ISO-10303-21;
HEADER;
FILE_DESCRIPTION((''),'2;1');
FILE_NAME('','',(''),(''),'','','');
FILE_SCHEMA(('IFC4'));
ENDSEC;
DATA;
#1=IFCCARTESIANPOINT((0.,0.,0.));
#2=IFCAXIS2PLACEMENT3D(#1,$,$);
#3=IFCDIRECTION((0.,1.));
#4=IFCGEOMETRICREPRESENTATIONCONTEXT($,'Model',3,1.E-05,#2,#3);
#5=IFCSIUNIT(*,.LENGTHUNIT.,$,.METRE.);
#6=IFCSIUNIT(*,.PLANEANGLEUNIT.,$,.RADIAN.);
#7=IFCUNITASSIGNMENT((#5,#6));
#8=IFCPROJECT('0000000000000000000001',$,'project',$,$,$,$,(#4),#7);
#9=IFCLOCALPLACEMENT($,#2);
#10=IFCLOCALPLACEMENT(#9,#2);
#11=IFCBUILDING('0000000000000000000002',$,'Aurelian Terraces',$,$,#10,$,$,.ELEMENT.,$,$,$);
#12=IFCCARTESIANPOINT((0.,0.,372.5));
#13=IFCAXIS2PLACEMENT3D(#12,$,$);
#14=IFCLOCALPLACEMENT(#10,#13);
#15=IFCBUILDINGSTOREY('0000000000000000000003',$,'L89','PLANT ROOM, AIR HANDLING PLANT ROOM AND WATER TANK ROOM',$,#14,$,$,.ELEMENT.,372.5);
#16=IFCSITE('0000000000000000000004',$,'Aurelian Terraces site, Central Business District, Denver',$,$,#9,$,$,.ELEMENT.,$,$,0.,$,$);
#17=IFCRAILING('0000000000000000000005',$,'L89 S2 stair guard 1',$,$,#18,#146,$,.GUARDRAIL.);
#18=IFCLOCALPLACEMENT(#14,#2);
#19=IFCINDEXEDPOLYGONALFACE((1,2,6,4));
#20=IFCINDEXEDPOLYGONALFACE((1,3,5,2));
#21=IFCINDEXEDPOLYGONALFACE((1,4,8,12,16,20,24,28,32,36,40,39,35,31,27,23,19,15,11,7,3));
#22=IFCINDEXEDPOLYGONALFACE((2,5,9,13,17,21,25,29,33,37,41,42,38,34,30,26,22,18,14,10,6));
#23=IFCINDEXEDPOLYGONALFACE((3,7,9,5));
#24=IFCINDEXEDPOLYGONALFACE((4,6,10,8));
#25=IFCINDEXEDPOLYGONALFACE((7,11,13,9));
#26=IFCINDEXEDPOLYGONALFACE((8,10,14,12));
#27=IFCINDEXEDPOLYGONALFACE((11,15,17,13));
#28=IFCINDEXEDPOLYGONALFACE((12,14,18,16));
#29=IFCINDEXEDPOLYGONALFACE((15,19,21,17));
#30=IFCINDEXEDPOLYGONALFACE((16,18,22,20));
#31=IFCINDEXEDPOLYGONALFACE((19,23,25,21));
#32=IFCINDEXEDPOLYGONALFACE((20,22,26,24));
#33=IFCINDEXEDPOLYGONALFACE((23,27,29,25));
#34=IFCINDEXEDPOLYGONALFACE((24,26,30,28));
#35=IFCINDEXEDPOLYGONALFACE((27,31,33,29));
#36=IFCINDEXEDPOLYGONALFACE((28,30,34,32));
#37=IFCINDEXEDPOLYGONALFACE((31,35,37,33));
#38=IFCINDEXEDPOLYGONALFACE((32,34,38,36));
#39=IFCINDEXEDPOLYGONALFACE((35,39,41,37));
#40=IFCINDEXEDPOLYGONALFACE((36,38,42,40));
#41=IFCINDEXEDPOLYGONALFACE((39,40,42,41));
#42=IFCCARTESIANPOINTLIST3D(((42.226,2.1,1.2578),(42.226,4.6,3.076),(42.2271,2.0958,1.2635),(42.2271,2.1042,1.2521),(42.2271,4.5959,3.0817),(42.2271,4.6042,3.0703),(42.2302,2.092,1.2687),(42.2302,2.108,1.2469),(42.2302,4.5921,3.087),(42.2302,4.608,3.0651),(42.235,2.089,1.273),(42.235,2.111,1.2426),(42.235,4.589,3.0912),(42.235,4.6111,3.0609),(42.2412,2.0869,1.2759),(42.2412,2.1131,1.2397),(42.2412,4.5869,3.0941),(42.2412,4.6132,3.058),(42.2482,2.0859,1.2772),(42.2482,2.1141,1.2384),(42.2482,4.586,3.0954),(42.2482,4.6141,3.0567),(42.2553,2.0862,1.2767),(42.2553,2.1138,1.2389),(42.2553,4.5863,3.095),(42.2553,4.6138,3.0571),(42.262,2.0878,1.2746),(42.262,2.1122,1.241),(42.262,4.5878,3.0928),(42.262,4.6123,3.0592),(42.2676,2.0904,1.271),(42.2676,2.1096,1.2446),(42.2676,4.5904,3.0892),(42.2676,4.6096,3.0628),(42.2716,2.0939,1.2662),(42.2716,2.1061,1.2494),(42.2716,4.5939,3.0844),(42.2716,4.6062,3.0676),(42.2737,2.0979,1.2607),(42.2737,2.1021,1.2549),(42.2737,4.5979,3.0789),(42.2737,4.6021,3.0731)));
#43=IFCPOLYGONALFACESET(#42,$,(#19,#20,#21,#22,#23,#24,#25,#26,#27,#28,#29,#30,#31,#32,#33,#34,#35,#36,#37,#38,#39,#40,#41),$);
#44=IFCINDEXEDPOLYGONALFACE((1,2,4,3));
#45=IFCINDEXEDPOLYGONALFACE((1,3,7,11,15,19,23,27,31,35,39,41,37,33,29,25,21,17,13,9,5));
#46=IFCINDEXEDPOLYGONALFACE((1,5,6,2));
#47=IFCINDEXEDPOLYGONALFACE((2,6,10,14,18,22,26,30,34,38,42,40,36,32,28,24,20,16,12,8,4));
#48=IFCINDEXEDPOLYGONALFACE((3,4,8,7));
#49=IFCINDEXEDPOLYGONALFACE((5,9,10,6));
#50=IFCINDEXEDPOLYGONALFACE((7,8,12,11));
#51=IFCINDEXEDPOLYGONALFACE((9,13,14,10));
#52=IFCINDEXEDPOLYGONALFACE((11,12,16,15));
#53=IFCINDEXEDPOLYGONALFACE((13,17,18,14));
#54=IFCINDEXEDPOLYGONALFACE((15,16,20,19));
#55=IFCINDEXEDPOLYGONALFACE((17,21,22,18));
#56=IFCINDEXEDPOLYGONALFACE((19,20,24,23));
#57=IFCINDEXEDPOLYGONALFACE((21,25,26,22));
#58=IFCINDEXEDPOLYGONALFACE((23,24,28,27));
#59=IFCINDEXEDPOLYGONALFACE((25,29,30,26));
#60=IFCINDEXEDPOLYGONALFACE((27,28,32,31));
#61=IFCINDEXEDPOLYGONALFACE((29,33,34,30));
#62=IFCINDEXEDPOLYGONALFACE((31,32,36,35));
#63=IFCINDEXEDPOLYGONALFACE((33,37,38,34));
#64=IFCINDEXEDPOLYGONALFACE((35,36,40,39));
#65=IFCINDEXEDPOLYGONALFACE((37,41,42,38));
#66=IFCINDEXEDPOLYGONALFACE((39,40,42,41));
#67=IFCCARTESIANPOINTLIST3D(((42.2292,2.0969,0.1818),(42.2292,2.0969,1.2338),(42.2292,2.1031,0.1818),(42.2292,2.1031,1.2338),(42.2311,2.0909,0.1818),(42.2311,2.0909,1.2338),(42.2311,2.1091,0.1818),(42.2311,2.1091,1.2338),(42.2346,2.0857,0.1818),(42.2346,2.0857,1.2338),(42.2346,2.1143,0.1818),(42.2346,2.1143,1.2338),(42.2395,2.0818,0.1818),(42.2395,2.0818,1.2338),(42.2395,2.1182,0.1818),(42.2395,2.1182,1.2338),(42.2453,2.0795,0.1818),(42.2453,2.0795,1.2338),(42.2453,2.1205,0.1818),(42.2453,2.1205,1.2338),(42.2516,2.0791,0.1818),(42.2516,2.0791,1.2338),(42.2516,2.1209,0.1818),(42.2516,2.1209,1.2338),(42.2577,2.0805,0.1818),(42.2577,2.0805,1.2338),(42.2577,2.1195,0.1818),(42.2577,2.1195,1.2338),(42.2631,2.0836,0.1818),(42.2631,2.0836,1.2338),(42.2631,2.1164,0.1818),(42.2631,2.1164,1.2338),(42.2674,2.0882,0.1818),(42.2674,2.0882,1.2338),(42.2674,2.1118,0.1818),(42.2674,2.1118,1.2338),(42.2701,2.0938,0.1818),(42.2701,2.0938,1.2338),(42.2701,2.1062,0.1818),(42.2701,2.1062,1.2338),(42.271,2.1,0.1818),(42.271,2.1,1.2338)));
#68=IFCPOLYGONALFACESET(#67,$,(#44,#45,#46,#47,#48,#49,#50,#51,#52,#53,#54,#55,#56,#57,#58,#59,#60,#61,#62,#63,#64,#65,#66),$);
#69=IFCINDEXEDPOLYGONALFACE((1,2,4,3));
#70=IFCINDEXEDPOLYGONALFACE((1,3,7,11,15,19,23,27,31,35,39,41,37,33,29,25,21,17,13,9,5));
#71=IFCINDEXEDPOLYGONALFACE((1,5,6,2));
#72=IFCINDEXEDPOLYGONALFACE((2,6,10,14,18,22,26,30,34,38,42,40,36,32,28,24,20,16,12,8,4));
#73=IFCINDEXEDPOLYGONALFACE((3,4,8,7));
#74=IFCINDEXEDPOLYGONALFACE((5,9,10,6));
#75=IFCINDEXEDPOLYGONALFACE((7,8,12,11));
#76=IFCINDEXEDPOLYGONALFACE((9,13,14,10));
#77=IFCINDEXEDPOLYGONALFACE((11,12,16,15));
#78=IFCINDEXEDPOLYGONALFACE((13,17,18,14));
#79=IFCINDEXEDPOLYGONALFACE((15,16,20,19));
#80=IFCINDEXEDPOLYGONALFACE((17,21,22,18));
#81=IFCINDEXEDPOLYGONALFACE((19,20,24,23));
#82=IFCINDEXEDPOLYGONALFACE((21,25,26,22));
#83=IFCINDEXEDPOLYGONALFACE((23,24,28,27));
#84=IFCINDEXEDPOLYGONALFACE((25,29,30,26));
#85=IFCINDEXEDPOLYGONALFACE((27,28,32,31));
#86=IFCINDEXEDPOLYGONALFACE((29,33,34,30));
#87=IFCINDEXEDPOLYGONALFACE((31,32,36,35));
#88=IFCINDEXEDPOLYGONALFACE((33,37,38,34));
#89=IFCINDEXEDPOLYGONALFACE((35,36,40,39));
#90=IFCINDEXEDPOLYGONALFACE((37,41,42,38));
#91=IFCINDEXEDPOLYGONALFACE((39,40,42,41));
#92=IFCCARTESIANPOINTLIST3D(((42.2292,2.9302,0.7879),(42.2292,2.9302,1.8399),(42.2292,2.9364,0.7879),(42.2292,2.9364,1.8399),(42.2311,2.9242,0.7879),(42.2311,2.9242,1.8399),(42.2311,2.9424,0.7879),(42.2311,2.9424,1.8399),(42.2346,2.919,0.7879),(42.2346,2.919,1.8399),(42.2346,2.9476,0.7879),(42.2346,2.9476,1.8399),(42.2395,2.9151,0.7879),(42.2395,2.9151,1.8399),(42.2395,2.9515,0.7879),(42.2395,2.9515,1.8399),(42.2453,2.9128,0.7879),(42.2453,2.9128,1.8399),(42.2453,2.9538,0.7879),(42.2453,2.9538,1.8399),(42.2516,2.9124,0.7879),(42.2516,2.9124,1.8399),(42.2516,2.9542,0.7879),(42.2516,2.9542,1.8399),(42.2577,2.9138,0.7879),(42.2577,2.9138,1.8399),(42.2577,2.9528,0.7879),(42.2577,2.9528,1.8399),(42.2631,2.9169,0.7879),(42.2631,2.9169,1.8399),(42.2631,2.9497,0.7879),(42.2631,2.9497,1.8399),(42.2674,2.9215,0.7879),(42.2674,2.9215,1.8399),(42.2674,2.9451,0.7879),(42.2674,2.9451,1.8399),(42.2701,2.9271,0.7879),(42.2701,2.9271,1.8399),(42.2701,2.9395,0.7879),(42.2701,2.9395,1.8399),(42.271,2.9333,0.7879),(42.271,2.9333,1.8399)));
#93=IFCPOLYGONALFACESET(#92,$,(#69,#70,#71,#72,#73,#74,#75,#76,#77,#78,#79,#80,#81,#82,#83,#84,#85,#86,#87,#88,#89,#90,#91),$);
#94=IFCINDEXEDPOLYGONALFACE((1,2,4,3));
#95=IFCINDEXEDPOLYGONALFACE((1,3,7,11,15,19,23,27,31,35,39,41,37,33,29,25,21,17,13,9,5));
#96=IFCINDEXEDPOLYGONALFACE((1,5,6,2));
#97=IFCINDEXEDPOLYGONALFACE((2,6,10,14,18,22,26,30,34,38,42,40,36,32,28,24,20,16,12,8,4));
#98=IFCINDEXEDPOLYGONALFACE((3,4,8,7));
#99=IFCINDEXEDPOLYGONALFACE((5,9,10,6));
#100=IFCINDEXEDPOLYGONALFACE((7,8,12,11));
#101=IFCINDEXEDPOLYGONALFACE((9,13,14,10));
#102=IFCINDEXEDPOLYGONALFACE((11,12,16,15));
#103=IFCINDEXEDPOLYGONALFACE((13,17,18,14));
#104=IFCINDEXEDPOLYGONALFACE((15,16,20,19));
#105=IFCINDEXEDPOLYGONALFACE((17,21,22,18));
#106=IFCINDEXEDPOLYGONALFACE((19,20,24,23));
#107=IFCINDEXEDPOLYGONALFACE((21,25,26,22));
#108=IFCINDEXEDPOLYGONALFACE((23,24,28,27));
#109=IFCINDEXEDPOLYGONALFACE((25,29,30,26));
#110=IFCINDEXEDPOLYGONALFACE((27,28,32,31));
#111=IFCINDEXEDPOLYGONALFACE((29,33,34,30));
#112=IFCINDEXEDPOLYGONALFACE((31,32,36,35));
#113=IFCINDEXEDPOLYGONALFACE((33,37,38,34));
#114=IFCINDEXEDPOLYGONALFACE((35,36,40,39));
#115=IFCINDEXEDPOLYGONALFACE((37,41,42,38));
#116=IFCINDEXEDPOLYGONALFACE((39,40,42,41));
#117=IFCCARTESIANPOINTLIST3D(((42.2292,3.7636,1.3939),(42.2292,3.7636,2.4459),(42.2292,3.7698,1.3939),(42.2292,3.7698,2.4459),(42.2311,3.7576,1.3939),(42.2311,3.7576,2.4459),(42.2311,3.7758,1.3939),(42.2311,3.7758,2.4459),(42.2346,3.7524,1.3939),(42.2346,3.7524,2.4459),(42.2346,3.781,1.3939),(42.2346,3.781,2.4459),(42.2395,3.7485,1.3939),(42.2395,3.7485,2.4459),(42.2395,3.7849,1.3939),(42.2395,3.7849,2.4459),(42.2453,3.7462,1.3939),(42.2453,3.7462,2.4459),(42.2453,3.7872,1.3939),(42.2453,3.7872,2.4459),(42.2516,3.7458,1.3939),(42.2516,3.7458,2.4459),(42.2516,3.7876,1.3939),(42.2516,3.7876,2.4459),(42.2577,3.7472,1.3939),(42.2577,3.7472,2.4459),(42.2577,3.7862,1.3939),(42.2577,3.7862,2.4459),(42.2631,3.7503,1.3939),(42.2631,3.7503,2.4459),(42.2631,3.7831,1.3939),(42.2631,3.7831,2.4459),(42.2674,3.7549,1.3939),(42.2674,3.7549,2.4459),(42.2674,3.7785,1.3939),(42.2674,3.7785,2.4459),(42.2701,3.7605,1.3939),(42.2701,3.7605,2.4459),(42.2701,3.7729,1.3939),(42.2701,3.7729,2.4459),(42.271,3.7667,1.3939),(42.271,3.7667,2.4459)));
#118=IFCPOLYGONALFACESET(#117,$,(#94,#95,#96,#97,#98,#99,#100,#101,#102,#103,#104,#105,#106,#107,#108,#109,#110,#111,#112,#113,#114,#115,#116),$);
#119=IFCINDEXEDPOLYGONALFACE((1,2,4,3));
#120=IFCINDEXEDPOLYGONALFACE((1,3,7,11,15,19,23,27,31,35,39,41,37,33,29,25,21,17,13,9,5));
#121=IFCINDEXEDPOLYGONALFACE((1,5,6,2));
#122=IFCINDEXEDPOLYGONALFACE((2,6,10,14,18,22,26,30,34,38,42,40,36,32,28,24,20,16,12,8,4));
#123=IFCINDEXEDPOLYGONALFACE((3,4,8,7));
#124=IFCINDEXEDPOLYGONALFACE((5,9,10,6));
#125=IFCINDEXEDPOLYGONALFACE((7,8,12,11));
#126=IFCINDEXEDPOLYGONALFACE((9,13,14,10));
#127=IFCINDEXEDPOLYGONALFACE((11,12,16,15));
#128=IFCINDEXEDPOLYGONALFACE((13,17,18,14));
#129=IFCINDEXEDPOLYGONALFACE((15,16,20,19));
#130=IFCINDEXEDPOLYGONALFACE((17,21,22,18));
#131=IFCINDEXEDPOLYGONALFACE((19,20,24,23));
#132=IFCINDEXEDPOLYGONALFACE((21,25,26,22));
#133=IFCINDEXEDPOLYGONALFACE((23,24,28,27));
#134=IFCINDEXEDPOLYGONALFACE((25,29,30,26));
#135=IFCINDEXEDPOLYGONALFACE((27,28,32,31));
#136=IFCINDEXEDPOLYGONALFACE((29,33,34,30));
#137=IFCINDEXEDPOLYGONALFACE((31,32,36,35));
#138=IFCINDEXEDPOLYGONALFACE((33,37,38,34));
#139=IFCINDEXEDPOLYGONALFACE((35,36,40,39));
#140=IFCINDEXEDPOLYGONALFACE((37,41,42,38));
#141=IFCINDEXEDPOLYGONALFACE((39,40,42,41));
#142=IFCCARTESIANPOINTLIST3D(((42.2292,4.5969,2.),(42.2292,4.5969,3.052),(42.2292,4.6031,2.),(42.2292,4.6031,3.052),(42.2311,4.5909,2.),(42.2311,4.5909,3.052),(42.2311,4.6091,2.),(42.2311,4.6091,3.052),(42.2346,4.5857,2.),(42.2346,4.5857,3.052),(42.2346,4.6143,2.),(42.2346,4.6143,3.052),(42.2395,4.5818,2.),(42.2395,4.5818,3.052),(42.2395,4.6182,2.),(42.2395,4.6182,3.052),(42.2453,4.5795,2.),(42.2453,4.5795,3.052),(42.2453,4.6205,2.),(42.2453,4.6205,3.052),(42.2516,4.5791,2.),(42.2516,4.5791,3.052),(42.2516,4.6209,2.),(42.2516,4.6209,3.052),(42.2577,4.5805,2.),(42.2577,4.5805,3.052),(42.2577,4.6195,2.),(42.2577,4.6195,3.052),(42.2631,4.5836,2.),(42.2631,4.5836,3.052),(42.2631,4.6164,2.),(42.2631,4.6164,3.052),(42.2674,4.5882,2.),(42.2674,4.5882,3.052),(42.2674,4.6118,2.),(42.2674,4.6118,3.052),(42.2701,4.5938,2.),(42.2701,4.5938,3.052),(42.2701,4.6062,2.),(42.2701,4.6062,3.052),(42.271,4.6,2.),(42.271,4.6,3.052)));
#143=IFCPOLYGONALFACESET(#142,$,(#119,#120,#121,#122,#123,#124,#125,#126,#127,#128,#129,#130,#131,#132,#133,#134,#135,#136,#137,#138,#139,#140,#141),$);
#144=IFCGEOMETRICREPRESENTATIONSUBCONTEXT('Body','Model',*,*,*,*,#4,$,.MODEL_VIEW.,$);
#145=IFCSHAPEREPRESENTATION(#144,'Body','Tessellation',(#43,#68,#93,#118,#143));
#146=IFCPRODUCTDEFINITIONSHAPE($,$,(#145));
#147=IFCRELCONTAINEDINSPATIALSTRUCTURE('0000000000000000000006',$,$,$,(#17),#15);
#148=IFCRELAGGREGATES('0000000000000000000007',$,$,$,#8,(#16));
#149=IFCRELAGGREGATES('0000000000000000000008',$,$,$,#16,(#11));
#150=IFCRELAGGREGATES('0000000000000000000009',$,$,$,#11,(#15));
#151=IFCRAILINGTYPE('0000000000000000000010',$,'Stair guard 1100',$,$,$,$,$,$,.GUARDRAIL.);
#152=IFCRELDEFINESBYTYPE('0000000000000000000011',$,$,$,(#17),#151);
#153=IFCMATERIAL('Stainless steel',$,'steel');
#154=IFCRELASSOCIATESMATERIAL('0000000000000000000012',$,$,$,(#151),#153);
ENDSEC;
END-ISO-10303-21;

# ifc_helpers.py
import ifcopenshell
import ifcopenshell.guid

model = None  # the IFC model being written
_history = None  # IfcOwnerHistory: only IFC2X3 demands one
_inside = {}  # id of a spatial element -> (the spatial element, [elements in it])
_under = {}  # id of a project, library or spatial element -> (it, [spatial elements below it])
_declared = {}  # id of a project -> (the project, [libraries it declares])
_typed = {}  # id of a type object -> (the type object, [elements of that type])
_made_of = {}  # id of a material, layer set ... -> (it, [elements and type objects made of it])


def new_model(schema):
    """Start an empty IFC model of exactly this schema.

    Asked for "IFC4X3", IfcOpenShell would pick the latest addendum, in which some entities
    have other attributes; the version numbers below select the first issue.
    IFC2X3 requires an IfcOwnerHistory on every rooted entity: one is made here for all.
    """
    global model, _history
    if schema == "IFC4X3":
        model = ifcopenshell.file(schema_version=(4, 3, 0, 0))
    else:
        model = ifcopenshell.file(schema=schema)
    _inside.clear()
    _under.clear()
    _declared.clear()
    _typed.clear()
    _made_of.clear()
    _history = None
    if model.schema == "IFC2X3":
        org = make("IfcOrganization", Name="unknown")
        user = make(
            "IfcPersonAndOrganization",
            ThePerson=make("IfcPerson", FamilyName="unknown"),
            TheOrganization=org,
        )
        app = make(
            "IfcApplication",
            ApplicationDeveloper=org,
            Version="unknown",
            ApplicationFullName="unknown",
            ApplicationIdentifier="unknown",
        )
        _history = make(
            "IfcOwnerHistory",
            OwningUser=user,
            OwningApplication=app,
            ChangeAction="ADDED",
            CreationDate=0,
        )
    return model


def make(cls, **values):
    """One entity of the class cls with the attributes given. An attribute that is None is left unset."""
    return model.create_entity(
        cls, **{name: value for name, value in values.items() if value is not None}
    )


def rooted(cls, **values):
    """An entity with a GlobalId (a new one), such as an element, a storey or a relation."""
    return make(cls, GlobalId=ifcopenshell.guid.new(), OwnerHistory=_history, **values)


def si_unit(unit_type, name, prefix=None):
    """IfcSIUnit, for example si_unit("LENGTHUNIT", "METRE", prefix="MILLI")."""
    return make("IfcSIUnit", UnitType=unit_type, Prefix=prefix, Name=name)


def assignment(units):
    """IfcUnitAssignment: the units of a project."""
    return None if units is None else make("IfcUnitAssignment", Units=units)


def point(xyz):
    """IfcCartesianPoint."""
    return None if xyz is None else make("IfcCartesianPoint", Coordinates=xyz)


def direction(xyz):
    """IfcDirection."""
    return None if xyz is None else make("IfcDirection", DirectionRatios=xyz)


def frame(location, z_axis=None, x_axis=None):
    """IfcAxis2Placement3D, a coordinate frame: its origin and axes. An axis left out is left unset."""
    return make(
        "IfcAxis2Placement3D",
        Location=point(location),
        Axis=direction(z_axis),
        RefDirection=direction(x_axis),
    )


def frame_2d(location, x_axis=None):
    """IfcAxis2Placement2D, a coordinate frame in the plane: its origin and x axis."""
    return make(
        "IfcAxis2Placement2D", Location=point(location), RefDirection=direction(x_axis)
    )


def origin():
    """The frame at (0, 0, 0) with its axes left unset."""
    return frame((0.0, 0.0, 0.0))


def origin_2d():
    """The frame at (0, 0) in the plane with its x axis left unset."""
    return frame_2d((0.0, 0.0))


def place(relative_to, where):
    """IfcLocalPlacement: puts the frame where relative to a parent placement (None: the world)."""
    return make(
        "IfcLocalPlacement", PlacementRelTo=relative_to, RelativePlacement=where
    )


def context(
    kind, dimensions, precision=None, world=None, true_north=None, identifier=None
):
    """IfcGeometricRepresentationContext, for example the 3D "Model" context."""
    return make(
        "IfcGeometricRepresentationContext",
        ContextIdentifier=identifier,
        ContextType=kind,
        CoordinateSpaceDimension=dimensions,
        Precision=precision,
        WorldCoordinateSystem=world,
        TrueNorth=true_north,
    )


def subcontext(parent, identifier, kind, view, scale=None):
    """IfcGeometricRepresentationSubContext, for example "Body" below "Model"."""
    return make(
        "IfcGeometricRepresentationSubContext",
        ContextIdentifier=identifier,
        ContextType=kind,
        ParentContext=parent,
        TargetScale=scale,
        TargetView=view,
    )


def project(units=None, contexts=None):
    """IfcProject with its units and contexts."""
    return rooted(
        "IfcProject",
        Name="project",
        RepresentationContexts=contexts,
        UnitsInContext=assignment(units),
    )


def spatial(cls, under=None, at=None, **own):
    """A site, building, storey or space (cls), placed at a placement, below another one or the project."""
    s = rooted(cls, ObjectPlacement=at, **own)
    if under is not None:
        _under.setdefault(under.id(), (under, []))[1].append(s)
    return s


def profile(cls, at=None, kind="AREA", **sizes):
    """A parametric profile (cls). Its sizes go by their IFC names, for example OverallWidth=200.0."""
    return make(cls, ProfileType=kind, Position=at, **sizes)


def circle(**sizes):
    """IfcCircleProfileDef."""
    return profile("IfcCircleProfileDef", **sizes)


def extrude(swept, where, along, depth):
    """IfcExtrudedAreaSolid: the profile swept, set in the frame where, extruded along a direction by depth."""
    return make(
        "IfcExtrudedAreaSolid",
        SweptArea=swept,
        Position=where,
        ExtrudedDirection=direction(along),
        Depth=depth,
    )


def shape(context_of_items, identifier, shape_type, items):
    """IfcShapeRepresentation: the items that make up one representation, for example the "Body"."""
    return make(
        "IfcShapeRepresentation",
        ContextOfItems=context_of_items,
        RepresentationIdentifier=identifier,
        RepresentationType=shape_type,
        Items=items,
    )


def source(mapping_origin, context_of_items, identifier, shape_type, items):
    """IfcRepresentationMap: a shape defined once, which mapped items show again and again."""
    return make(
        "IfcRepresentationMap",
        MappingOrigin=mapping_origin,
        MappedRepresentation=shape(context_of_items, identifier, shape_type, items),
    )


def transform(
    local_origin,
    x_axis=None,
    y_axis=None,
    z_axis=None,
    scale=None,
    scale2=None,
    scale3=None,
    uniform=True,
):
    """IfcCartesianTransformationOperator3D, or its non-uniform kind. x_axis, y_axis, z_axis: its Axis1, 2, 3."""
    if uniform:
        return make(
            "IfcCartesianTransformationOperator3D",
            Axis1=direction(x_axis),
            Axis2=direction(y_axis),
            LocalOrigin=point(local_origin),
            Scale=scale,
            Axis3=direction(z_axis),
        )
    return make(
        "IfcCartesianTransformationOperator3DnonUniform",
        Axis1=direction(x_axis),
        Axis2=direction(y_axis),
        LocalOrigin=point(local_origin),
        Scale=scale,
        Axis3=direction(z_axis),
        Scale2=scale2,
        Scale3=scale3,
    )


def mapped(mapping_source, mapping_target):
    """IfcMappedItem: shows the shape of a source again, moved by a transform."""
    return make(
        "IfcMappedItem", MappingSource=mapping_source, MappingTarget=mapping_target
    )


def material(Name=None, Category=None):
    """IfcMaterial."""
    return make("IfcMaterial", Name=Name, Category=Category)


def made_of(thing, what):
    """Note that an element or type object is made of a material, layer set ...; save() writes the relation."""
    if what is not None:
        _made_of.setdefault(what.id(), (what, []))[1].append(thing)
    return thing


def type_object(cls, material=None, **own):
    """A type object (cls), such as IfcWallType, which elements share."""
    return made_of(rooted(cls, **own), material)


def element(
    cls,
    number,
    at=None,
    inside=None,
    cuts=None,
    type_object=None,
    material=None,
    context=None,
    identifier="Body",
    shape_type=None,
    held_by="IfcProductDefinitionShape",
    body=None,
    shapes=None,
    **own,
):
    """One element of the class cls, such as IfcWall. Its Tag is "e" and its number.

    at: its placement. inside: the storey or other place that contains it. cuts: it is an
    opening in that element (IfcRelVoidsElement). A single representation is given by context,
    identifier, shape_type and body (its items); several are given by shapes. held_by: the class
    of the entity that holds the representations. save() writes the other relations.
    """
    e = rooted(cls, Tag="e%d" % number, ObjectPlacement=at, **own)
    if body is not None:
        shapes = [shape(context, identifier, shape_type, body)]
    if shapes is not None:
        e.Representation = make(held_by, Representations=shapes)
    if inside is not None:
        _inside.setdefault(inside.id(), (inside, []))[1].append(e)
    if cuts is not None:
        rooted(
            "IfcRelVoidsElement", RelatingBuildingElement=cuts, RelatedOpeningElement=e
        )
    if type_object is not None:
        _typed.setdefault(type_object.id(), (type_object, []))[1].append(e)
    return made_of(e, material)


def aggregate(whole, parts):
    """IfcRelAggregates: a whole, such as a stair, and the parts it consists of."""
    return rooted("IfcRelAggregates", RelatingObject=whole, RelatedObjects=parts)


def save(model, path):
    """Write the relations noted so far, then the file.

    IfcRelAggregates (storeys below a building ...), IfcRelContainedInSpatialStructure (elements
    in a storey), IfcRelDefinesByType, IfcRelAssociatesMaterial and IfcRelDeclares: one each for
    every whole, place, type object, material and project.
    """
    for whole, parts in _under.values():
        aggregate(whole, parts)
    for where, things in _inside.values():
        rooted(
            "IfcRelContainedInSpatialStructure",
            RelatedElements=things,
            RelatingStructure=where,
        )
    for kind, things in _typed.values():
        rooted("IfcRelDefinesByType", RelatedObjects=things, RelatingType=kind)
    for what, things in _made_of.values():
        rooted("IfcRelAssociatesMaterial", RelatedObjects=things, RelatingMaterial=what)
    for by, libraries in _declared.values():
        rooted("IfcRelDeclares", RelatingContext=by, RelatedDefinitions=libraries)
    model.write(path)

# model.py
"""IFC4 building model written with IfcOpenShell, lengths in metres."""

from ifc_helpers import new_model, si_unit, direction, frame, origin, origin_2d, place, context, subcontext, project, spatial, circle, extrude, source, transform, mapped, material, type_object, element, save


model = new_model("IFC4")

# Units and contexts
model_context = context("Model", 3, precision=1e-05, world=origin(), true_north=direction((0.0, 1.0)))
body_context = subcontext(model_context, "Body", "Model", "MODEL_VIEW")
ifc_project = project(units=[si_unit("LENGTHUNIT", "METRE"), si_unit("PLANEANGLEUNIT", "RADIAN")], contexts=[model_context])

# Site, building, storey
site_placement = place(None, origin())
site = spatial("IfcSite", under=ifc_project, at=site_placement, Name="Aurelian Terraces site, Central Business District, Denver", CompositionType="ELEMENT", RefElevation=0.0)
building_placement = place(site_placement, origin())
building = spatial("IfcBuilding", under=site, at=building_placement, Name="Aurelian Terraces", CompositionType="ELEMENT")
storey_placement = place(building_placement, frame((0.0, 0.0, 372.5)))
storey = spatial("IfcBuildingStorey", under=building, at=storey_placement, Name="L89", Description="PLANT ROOM, AIR HANDLING PLANT ROOM AND WATER TANK ROOM", CompositionType="ELEMENT", Elevation=372.5)

# Railing
ifc_material_1 = material(Name="Stainless steel", Category="steel")
railing_type_1 = type_object("IfcRailingType", Name="Stair guard 1100", PredefinedType="GUARDRAIL", material=ifc_material_1)
shared_shape_1 = source(origin(), body_context, "Body", "SweptSolid", [
    extrude(circle(Radius=0.024, at=origin_2d()), frame((0.0, 0.0, 1.076), z_axis=(0.0, 0.808733, 0.588176), x_axis=(-1.0, 0.0, 0.0)), (0.0, 0.0, 1.0), 3.0913),
    extrude(circle(Radius=0.021, at=origin_2d()), origin(), (0.0, 0.0, 1.0), 1.052),
    extrude(circle(Radius=0.021, at=origin_2d()), frame((0.0, 0.8333, 0.6061)), (0.0, 0.0, 1.0), 1.052),
    extrude(circle(Radius=0.021, at=origin_2d()), frame((0.0, 1.6667, 1.2121)), (0.0, 0.0, 1.0), 1.052),
    extrude(circle(Radius=0.021, at=origin_2d()), frame((0.0, 2.5, 1.8182)), (0.0, 0.0, 1.0), 1.052),
])
railing_1_placement = place(storey_placement, frame((42.25, 2.1, 0.1818)))
element("IfcRailing", 1, at=railing_1_placement, inside=storey, type_object=railing_type_1, Name="L89 S2 stair guard 1", PredefinedType="GUARDRAIL", context=body_context, shape_type="MappedRepresentation", body=[
    mapped(shared_shape_1, transform((0.0, 0.0, 0.0), scale=1.0)),
])

save(model, "model.ifc")
